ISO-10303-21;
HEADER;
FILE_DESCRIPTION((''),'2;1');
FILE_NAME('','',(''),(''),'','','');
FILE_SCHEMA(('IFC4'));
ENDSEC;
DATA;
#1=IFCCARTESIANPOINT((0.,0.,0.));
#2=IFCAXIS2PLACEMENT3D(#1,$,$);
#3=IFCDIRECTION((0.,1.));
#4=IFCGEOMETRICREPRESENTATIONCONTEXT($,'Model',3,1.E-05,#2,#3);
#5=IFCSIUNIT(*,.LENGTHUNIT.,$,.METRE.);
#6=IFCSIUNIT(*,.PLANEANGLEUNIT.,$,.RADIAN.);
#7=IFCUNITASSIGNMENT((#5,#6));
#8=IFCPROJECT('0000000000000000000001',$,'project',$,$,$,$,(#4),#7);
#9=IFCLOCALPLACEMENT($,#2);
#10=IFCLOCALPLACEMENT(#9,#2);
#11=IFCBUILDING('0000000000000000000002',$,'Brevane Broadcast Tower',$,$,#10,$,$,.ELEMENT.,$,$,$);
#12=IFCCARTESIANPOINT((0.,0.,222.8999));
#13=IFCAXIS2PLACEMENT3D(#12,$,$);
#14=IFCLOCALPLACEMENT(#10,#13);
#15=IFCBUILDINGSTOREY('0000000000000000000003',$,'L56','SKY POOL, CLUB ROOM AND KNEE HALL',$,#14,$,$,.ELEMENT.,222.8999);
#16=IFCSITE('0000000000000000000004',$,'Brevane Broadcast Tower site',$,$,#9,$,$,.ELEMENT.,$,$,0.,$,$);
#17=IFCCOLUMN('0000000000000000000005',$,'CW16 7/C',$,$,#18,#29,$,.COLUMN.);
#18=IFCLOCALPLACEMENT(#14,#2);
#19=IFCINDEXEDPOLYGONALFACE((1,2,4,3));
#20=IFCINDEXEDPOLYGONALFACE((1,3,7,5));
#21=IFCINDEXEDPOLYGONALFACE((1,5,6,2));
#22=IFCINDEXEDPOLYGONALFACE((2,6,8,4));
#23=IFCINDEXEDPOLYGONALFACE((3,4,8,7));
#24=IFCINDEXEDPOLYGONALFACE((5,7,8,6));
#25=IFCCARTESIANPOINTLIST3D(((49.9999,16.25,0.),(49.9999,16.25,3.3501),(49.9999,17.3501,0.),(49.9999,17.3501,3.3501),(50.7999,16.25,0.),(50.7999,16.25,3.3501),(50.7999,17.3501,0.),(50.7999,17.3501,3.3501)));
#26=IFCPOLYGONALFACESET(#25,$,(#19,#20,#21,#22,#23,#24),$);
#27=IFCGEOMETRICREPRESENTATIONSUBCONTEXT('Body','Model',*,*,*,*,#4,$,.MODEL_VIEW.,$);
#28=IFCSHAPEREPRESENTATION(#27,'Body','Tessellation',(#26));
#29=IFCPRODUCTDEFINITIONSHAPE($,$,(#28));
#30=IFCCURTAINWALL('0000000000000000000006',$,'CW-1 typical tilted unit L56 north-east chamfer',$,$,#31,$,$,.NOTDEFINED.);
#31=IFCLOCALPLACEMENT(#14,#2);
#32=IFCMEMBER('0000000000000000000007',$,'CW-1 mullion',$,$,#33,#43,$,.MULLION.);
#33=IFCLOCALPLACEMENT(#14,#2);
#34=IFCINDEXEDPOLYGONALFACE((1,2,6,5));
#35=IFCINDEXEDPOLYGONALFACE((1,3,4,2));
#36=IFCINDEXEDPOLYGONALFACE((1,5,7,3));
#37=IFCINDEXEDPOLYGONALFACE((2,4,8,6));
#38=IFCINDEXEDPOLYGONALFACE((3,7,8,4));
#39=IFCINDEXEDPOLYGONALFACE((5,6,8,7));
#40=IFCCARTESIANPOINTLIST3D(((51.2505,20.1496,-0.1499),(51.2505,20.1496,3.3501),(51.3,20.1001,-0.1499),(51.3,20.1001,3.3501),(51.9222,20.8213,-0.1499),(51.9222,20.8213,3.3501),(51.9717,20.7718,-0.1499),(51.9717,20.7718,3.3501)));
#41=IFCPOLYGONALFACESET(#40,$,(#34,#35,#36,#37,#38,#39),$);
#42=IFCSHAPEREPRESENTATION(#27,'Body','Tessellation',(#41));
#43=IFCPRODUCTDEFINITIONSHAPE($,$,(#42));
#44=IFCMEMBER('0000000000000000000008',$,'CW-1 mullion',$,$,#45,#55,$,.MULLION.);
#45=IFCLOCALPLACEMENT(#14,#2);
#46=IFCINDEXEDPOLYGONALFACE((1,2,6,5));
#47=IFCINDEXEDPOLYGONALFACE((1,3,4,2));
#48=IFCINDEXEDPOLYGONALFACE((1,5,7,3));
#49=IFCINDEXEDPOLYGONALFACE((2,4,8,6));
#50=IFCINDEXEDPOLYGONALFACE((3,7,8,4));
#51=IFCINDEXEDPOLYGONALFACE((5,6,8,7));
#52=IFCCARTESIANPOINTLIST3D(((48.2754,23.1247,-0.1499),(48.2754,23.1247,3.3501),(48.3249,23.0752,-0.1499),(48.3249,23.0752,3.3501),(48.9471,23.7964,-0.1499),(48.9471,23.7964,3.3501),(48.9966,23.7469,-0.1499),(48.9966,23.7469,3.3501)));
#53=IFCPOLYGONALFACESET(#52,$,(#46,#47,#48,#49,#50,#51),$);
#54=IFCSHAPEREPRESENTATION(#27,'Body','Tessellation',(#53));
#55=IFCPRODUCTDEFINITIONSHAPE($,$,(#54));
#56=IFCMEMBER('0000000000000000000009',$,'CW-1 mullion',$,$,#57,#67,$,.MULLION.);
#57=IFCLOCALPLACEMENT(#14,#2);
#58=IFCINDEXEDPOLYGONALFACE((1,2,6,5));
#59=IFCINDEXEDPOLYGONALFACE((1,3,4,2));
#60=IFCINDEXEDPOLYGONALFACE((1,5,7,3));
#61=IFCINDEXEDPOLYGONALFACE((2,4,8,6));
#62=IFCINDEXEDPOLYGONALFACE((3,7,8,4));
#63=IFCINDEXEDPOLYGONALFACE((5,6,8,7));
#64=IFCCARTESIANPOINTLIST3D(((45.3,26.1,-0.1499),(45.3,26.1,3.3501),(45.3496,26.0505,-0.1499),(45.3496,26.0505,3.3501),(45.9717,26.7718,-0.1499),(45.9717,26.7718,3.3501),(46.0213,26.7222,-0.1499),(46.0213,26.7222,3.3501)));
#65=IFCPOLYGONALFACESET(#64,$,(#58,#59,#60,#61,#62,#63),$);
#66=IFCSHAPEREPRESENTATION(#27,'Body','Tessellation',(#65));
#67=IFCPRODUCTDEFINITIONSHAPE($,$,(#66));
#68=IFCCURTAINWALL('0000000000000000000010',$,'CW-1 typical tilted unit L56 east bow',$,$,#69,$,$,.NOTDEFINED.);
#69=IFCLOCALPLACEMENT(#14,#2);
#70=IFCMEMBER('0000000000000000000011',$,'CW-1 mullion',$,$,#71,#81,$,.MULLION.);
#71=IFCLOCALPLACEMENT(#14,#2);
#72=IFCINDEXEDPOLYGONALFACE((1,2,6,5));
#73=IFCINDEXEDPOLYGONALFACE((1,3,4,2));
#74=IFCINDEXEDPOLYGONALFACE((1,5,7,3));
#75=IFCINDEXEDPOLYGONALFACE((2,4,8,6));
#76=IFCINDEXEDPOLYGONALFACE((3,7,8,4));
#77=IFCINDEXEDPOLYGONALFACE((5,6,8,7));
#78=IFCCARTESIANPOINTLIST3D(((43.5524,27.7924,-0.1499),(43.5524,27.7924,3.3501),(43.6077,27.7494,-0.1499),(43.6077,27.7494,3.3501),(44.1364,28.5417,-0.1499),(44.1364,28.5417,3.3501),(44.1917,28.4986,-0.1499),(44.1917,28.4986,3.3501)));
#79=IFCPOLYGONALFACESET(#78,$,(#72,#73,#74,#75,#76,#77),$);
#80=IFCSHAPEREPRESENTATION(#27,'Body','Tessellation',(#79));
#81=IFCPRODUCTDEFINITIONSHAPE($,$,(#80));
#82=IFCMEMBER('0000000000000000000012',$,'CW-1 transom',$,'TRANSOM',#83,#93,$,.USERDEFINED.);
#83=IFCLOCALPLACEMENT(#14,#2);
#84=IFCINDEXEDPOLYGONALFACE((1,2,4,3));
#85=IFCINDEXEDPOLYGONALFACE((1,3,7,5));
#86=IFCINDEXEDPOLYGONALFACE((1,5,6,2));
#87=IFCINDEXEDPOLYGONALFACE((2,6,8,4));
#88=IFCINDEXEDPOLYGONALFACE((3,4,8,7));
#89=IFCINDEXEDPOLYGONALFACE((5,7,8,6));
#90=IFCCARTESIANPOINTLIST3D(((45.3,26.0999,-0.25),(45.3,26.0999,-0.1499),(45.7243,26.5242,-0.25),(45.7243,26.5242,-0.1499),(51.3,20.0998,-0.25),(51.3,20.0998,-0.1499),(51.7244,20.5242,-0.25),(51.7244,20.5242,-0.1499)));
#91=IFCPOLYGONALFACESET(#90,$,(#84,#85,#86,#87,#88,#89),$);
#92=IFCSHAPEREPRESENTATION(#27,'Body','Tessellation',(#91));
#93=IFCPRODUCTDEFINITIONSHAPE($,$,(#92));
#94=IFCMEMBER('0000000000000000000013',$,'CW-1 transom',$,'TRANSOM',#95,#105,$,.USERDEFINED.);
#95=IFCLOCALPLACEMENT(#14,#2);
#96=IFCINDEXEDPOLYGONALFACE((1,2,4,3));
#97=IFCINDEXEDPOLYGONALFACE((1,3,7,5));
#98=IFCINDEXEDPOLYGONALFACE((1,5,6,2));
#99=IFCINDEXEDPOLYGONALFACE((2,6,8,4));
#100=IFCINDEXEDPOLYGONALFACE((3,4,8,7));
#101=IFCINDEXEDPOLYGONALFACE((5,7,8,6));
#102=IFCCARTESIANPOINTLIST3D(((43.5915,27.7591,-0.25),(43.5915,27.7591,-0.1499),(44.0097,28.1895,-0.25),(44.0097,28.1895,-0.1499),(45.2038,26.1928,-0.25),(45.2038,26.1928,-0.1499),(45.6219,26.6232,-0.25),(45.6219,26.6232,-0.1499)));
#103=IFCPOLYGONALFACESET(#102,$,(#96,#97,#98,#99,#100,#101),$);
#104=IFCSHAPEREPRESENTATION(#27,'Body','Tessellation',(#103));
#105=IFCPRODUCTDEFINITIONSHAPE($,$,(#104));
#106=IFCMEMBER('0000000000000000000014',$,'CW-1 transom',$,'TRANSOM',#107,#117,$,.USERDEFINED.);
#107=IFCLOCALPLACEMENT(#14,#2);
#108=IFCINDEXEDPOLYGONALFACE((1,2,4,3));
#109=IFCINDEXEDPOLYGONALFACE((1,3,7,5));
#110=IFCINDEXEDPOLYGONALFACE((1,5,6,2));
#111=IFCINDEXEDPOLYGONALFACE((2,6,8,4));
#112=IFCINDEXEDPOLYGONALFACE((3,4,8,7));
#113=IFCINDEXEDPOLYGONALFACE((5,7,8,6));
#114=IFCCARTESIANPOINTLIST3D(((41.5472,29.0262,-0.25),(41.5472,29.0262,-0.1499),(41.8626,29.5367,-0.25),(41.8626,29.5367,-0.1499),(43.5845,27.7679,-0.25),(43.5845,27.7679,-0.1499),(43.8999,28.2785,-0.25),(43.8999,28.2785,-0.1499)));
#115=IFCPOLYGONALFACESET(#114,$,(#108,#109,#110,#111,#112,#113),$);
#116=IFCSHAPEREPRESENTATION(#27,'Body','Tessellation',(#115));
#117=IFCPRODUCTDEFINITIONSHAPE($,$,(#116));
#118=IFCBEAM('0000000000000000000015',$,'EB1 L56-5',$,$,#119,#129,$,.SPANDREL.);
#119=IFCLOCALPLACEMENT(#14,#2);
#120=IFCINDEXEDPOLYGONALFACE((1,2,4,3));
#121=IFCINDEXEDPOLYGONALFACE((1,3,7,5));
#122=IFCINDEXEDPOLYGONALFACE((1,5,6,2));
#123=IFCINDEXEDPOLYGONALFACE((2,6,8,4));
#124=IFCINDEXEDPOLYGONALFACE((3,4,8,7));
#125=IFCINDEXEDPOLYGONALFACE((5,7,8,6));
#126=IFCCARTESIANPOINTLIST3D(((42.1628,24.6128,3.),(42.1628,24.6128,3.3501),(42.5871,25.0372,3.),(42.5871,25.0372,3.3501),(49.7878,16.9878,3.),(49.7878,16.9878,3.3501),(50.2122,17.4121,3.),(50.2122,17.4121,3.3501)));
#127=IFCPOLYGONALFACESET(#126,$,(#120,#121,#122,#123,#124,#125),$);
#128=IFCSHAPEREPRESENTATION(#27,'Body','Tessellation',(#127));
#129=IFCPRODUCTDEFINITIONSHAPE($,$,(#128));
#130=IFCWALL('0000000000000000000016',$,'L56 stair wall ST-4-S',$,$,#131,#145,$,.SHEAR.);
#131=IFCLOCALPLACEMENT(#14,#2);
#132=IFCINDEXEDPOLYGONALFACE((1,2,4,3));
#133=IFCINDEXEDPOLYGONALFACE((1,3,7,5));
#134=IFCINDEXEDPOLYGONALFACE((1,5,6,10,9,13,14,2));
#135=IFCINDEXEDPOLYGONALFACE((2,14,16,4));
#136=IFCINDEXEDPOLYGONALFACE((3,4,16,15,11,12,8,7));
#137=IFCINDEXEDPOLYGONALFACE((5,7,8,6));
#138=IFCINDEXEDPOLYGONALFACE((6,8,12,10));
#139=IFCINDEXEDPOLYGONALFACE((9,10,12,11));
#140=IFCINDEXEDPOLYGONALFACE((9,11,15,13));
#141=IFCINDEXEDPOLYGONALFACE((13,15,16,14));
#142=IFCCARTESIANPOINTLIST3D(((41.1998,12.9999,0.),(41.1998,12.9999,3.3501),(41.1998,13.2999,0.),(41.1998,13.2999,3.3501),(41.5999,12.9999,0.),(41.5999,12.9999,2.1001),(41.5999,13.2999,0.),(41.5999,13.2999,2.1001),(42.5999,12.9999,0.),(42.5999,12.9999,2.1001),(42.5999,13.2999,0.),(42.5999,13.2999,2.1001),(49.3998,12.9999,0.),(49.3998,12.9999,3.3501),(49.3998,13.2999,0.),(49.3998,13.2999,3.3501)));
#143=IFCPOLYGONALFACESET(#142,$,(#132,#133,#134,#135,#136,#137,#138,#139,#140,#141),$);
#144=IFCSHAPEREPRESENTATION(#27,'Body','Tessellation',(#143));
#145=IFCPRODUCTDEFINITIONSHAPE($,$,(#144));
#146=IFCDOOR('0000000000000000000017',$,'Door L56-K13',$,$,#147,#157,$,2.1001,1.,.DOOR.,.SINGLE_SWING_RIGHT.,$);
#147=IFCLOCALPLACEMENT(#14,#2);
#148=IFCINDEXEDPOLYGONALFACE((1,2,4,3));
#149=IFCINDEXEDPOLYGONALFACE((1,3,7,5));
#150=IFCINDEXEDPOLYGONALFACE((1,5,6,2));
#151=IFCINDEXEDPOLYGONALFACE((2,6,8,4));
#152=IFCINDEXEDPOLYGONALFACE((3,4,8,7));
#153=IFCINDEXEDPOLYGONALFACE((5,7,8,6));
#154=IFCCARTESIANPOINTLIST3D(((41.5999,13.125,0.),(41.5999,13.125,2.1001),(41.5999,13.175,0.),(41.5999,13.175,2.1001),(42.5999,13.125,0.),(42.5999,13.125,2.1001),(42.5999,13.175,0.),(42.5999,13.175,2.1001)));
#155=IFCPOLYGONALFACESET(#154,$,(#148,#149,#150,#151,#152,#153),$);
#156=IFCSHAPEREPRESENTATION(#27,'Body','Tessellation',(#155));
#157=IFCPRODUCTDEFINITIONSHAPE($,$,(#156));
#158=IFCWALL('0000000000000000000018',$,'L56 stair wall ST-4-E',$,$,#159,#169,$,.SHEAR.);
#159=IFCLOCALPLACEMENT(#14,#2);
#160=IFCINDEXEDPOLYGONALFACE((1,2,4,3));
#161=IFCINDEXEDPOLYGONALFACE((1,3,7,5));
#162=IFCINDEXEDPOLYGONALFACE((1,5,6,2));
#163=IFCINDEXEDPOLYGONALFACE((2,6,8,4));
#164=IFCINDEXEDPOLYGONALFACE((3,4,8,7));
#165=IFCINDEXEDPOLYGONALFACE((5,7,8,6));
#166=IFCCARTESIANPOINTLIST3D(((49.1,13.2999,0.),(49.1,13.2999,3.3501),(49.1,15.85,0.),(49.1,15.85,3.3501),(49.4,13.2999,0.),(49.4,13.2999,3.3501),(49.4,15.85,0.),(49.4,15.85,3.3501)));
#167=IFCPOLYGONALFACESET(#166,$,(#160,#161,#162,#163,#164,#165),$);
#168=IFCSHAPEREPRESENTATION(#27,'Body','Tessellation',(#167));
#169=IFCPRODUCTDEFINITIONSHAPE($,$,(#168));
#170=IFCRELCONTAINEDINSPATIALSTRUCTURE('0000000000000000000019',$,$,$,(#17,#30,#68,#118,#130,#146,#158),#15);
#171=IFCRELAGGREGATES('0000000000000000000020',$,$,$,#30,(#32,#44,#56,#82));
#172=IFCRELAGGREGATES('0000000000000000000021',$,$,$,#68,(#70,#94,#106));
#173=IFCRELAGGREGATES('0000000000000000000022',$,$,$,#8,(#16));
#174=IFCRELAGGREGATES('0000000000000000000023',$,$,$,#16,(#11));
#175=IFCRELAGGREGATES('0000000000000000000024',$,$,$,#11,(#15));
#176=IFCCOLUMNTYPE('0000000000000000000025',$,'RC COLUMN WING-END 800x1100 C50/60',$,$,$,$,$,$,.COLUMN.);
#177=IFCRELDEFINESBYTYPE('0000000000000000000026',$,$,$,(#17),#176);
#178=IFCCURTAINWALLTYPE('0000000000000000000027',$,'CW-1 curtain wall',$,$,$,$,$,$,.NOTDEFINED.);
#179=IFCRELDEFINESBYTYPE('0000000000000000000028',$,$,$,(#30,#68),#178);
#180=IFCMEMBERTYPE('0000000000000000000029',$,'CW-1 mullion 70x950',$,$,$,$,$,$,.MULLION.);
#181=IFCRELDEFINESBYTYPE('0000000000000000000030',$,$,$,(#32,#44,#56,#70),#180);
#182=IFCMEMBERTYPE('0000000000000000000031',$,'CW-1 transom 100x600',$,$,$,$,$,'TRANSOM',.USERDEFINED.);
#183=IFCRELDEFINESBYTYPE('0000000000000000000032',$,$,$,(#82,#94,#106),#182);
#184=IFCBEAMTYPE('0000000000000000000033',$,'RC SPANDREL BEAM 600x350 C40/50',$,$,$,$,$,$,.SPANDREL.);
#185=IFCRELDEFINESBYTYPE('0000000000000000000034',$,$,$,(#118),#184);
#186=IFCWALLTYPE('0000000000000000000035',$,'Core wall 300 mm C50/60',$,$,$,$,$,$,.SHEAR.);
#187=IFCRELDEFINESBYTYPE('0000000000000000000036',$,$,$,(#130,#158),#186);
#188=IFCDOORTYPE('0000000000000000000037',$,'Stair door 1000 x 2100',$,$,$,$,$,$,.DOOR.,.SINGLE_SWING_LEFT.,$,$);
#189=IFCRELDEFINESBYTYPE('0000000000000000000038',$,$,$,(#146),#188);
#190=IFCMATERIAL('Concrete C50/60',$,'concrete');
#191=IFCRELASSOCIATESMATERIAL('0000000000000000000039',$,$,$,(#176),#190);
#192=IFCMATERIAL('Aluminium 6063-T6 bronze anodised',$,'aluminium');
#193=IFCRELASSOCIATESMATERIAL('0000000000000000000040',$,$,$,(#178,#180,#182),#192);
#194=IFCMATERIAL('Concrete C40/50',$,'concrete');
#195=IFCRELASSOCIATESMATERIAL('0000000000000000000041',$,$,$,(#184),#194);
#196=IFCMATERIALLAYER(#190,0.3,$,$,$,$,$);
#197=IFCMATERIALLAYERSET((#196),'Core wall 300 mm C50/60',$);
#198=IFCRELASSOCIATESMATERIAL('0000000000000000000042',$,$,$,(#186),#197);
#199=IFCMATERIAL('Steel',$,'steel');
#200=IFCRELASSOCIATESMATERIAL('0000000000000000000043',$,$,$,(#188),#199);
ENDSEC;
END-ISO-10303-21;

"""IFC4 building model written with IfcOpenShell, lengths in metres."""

from ifc_helpers import new_model, si_unit, direction, frame, frame_2d, origin, origin_2d, place, context, subcontext, project, spatial, rectangle, extrude, material, layer, layer_set, material_profile, profile_set, type_object, element, fill, aggregate, save


model = new_model("IFC4")

# Units and contexts
model_context = context("Model", 3, precision=1e-05, world=origin(), true_north=direction((0.0, 1.0)))
body_context = subcontext(model_context, "Body", "Model", "MODEL_VIEW")
ifc_project = project(units=[si_unit("LENGTHUNIT", "METRE"), si_unit("PLANEANGLEUNIT", "RADIAN")], contexts=[model_context])

# Site, building, storey
site_placement = place(None, origin())
site = spatial("IfcSite", under=ifc_project, at=site_placement, Name="Brevane Broadcast Tower site", CompositionType="ELEMENT", RefElevation=0.0)
building_placement = place(site_placement, origin())
building = spatial("IfcBuilding", under=site, at=building_placement, Name="Brevane Broadcast Tower", CompositionType="ELEMENT")
storey_placement = place(building_placement, frame((0.0, 0.0, 222.8999)))
storey = spatial("IfcBuildingStorey", under=building, at=storey_placement, Name="L56", Description="SKY POOL, CLUB ROOM AND KNEE HALL", CompositionType="ELEMENT", Elevation=222.8999)

# Column
ifc_material_1 = material(Name="Concrete C50/60", Category="concrete")
ifc_material_profile_1 = material_profile(ifc_material_1, rectangle(XDim=0.8, YDim=1.1001, at=origin_2d()), Name="RC 800x1100")
ifc_profile_set_1 = profile_set([ifc_material_profile_1], Name="Concrete C50/60")
column_type = type_object("IfcColumnType", Name="RC COLUMN WING-END 800x1100 C50/60", PredefinedType="COLUMN", material=ifc_profile_set_1)
column_placement = place(storey_placement, frame((50.3999, 16.8, 0.0), z_axis=(0.0, 0.0, 1.0), x_axis=(1.0, 0.0, 0.0)))
element("IfcColumn", 1, at=column_placement, inside=storey, type_object=column_type, Name="CW16 7/C", PredefinedType="COLUMN", context=body_context, shape_type="SweptSolid", body=[
    extrude(rectangle(XDim=0.8, YDim=1.1001, at=origin_2d()), origin(), (0.0, 0.0, 1.0), 3.3501),
])

# Curtain wall, members
ifc_material_2 = material(Name="Aluminium 6063-T6 bronze anodised", Category="aluminium")
curtain_wall_type = type_object("IfcCurtainWallType", Name="CW-1 curtain wall", PredefinedType="NOTDEFINED", material=ifc_material_2)
curtain_wall_1_placement = place(storey_placement, origin())
curtain_wall_1 = element("IfcCurtainWall", 2, at=curtain_wall_1_placement, inside=storey, type_object=curtain_wall_type, Name="CW-1 typical tilted unit L56 north-east chamfer", PredefinedType="NOTDEFINED")
ifc_material_profile_2 = material_profile(ifc_material_2, rectangle(XDim=0.95, YDim=0.0701, at=origin_2d()), Name="RECT 70x950")
ifc_profile_set_2 = profile_set([ifc_material_profile_2], Name="Aluminium 6063-T6 bronze anodised")
member_type_1 = type_object("IfcMemberType", Name="CW-1 mullion 70x950", PredefinedType="MULLION", material=ifc_profile_set_2)
member_1_placement = place(storey_placement, frame((51.6111, 20.4607, -0.1499), z_axis=(0.0, 0.0, 1.0), x_axis=(-0.707107, -0.707107, 0.0)))
member_1 = element("IfcMember", 3, at=member_1_placement, type_object=member_type_1, Name="CW-1 mullion", PredefinedType="MULLION", context=body_context, shape_type="SweptSolid", body=[
    extrude(rectangle(XDim=0.95, YDim=0.0701, at=origin_2d()), origin(), (0.0, 0.0, 1.0), 3.5),
])
member_2_placement = place(storey_placement, frame((48.636, 23.4358, -0.1499), z_axis=(0.0, 0.0, 1.0), x_axis=(-0.707107, -0.707107, 0.0)))
member_2 = element("IfcMember", 4, at=member_2_placement, type_object=member_type_1, Name="CW-1 mullion", PredefinedType="MULLION", context=body_context, shape_type="SweptSolid", body=[
    extrude(rectangle(XDim=0.95, YDim=0.0701, at=origin_2d()), origin(), (0.0, 0.0, 1.0), 3.5),
])
member_3_placement = place(storey_placement, frame((45.6606, 26.4111, -0.1499), z_axis=(0.0, 0.0, 1.0), x_axis=(-0.707107, -0.707107, 0.0)))
member_3 = element("IfcMember", 5, at=member_3_placement, type_object=member_type_1, Name="CW-1 mullion", PredefinedType="MULLION", context=body_context, shape_type="SweptSolid", body=[
    extrude(rectangle(XDim=0.95, YDim=0.0701, at=origin_2d()), origin(), (0.0, 0.0, 1.0), 3.5),
])

# Curtain wall, member
curtain_wall_2_placement = place(storey_placement, origin())
curtain_wall_2 = element("IfcCurtainWall", 6, at=curtain_wall_2_placement, inside=storey, type_object=curtain_wall_type, Name="CW-1 typical tilted unit L56 east bow", PredefinedType="NOTDEFINED")
member_4_placement = place(storey_placement, frame((43.8721, 28.1455, -0.1499), z_axis=(0.0, 0.0, 1.0), x_axis=(-0.61477, -0.788707, 0.0)))
member_4 = element("IfcMember", 7, at=member_4_placement, type_object=member_type_1, Name="CW-1 mullion", PredefinedType="MULLION", context=body_context, shape_type="SweptSolid", body=[
    extrude(rectangle(XDim=0.95, YDim=0.0701, at=origin_2d()), origin(), (0.0, 0.0, 1.0), 3.5),
])

# Members
ifc_material_profile_3 = material_profile(ifc_material_2, rectangle(XDim=0.6001, YDim=0.1001, at=origin_2d()), Name="RECT 100x600")
ifc_profile_set_3 = profile_set([ifc_material_profile_3], Name="Aluminium 6063-T6 bronze anodised")
member_type_2 = type_object("IfcMemberType", Name="CW-1 transom 100x600", ElementType="TRANSOM", PredefinedType="USERDEFINED", material=ifc_profile_set_3)
member_5_placement = place(storey_placement, frame((51.5122, 20.312, -0.2), z_axis=(-0.707107, 0.707107, 0.0), x_axis=(-0.707107, -0.707107, 0.0)))
member_5 = element("IfcMember", 8, at=member_5_placement, type_object=member_type_2, Name="CW-1 transom", ObjectType="TRANSOM", PredefinedType="USERDEFINED", context=body_context, shape_type="SweptSolid", body=[
    extrude(rectangle(XDim=0.6001, YDim=0.1001, at=origin_2d()), origin(), (0.0, 0.0, 1.0), 8.4854),
])
aggregate(curtain_wall_1, [member_1, member_2, member_3, member_5])
member_6_placement = place(storey_placement, frame((45.4128, 26.408, -0.2), z_axis=(-0.717242, 0.696824, 0.0), x_axis=(-0.696824, -0.717242, 0.0)))
member_6 = element("IfcMember", 9, at=member_6_placement, type_object=member_type_2, Name="CW-1 transom", ObjectType="TRANSOM", PredefinedType="USERDEFINED", context=body_context, shape_type="SweptSolid", body=[
    extrude(rectangle(XDim=0.6001, YDim=0.1001, at=origin_2d()), origin(), (0.0, 0.0, 1.0), 2.2478),
])
member_7_placement = place(storey_placement, frame((43.7422, 28.0232, -0.2), z_axis=(-0.85081, 0.525473, 0.0), x_axis=(-0.525473, -0.85081, 0.0)))
member_7 = element("IfcMember", 10, at=member_7_placement, type_object=member_type_2, Name="CW-1 transom", ObjectType="TRANSOM", PredefinedType="USERDEFINED", context=body_context, shape_type="SweptSolid", body=[
    extrude(rectangle(XDim=0.6001, YDim=0.1001, at=origin_2d()), origin(), (0.0, 0.0, 1.0), 2.3945),
])
aggregate(curtain_wall_2, [member_4, member_6, member_7])

# Beam
ifc_material_3 = material(Name="Concrete C40/50", Category="concrete")
ifc_material_profile_4 = material_profile(ifc_material_3, rectangle(XDim=0.6001, YDim=0.3501, at=origin_2d()), Name="RC 600x350")
ifc_profile_set_4 = profile_set([ifc_material_profile_4], Name="Concrete C40/50")
beam_type = type_object("IfcBeamType", Name="RC SPANDREL BEAM 600x350 C40/50", PredefinedType="SPANDREL", material=ifc_profile_set_4)
beam_placement = place(storey_placement, frame((50.0, 17.2, 3.175), z_axis=(-0.707107, 0.707107, 0.0), x_axis=(-0.707107, -0.707107, 0.0)))
element("IfcBeam", 11, at=beam_placement, inside=storey, type_object=beam_type, Name="EB1 L56-5", PredefinedType="SPANDREL", context=body_context, shape_type="SweptSolid", body=[
    extrude(rectangle(XDim=0.6001, YDim=0.3501, at=origin_2d()), origin(), (0.0, 0.0, 1.0), 10.7834),
])

# Wall, opening, door
ifc_layer_1 = layer(ifc_material_1, 0.3)
ifc_layer_set_1 = layer_set([ifc_layer_1], Name="Core wall 300 mm C50/60")
wall_type_1 = type_object("IfcWallType", Name="Core wall 300 mm C50/60", PredefinedType="SHEAR", material=ifc_layer_set_1)
wall_1_placement = place(storey_placement, frame((49.3999, 13.1499, 0.0), z_axis=(0.0, 0.0, 1.0), x_axis=(-1.0, 0.0, 0.0)))
wall_1 = element("IfcWall", 12, at=wall_1_placement, inside=storey, type_object=wall_type_1, Name="L56 stair wall ST-4-S", PredefinedType="SHEAR", context=body_context, shape_type="SweptSolid", body=[
    extrude(rectangle(XDim=8.2, YDim=0.3, at=frame_2d((4.1001, 0.0))), origin(), (0.0, 0.0, 1.0), 3.3501),
])
opening_1_placement = place(wall_1_placement, frame((6.8, 0.0, 0.0)))
opening_1 = element("IfcOpeningElement", 13, at=opening_1_placement, cuts=wall_1, PredefinedType="OPENING", context=body_context, shape_type="SweptSolid", body=[
    extrude(rectangle(XDim=1.0, YDim=2.1001, at=frame_2d((0.5, 1.05))), frame((0.0, 0.1599, 0.0), z_axis=(0.0, -1.0, 0.0), x_axis=(1.0, 0.0, 0.0)), (0.0, 0.0, 1.0), 0.3201),
])
ifc_material_4 = material(Name="Steel", Category="steel")
door_type_1 = type_object("IfcDoorType", Name="Stair door 1000 x 2100", OperationType="SINGLE_SWING_LEFT", PredefinedType="DOOR", material=ifc_material_4)
door_1_placement = place(opening_1_placement, origin())
door_1 = element("IfcDoor", 14, at=door_1_placement, inside=storey, type_object=door_type_1, Name="Door L56-K13", OperationType="SINGLE_SWING_RIGHT", OverallHeight=2.1001, OverallWidth=1.0, PredefinedType="DOOR", context=body_context, shape_type="SweptSolid", body=[
    extrude(rectangle(XDim=1.0, YDim=2.1001, at=frame_2d((0.5, 1.05))), frame((0.0, 0.0249, 0.0), z_axis=(0.0, -1.0, 0.0), x_axis=(1.0, 0.0, 0.0)), (0.0, 0.0, 1.0), 0.05),
])
fill(opening_1, door_1)

# Wall
wall_2_placement = place(storey_placement, frame((49.25, 13.3, 0.0), z_axis=(0.0, 0.0, 1.0), x_axis=(0.0, 1.0, 0.0)))
element("IfcWall", 15, at=wall_2_placement, inside=storey, type_object=wall_type_1, Name="L56 stair wall ST-4-E", PredefinedType="SHEAR", context=body_context, shape_type="SweptSolid", body=[
    extrude(rectangle(XDim=2.55, YDim=0.3, at=frame_2d((1.2749, 0.0))), origin(), (0.0, 0.0, 1.0), 3.3501),
])

save(model, "model.ifc")
